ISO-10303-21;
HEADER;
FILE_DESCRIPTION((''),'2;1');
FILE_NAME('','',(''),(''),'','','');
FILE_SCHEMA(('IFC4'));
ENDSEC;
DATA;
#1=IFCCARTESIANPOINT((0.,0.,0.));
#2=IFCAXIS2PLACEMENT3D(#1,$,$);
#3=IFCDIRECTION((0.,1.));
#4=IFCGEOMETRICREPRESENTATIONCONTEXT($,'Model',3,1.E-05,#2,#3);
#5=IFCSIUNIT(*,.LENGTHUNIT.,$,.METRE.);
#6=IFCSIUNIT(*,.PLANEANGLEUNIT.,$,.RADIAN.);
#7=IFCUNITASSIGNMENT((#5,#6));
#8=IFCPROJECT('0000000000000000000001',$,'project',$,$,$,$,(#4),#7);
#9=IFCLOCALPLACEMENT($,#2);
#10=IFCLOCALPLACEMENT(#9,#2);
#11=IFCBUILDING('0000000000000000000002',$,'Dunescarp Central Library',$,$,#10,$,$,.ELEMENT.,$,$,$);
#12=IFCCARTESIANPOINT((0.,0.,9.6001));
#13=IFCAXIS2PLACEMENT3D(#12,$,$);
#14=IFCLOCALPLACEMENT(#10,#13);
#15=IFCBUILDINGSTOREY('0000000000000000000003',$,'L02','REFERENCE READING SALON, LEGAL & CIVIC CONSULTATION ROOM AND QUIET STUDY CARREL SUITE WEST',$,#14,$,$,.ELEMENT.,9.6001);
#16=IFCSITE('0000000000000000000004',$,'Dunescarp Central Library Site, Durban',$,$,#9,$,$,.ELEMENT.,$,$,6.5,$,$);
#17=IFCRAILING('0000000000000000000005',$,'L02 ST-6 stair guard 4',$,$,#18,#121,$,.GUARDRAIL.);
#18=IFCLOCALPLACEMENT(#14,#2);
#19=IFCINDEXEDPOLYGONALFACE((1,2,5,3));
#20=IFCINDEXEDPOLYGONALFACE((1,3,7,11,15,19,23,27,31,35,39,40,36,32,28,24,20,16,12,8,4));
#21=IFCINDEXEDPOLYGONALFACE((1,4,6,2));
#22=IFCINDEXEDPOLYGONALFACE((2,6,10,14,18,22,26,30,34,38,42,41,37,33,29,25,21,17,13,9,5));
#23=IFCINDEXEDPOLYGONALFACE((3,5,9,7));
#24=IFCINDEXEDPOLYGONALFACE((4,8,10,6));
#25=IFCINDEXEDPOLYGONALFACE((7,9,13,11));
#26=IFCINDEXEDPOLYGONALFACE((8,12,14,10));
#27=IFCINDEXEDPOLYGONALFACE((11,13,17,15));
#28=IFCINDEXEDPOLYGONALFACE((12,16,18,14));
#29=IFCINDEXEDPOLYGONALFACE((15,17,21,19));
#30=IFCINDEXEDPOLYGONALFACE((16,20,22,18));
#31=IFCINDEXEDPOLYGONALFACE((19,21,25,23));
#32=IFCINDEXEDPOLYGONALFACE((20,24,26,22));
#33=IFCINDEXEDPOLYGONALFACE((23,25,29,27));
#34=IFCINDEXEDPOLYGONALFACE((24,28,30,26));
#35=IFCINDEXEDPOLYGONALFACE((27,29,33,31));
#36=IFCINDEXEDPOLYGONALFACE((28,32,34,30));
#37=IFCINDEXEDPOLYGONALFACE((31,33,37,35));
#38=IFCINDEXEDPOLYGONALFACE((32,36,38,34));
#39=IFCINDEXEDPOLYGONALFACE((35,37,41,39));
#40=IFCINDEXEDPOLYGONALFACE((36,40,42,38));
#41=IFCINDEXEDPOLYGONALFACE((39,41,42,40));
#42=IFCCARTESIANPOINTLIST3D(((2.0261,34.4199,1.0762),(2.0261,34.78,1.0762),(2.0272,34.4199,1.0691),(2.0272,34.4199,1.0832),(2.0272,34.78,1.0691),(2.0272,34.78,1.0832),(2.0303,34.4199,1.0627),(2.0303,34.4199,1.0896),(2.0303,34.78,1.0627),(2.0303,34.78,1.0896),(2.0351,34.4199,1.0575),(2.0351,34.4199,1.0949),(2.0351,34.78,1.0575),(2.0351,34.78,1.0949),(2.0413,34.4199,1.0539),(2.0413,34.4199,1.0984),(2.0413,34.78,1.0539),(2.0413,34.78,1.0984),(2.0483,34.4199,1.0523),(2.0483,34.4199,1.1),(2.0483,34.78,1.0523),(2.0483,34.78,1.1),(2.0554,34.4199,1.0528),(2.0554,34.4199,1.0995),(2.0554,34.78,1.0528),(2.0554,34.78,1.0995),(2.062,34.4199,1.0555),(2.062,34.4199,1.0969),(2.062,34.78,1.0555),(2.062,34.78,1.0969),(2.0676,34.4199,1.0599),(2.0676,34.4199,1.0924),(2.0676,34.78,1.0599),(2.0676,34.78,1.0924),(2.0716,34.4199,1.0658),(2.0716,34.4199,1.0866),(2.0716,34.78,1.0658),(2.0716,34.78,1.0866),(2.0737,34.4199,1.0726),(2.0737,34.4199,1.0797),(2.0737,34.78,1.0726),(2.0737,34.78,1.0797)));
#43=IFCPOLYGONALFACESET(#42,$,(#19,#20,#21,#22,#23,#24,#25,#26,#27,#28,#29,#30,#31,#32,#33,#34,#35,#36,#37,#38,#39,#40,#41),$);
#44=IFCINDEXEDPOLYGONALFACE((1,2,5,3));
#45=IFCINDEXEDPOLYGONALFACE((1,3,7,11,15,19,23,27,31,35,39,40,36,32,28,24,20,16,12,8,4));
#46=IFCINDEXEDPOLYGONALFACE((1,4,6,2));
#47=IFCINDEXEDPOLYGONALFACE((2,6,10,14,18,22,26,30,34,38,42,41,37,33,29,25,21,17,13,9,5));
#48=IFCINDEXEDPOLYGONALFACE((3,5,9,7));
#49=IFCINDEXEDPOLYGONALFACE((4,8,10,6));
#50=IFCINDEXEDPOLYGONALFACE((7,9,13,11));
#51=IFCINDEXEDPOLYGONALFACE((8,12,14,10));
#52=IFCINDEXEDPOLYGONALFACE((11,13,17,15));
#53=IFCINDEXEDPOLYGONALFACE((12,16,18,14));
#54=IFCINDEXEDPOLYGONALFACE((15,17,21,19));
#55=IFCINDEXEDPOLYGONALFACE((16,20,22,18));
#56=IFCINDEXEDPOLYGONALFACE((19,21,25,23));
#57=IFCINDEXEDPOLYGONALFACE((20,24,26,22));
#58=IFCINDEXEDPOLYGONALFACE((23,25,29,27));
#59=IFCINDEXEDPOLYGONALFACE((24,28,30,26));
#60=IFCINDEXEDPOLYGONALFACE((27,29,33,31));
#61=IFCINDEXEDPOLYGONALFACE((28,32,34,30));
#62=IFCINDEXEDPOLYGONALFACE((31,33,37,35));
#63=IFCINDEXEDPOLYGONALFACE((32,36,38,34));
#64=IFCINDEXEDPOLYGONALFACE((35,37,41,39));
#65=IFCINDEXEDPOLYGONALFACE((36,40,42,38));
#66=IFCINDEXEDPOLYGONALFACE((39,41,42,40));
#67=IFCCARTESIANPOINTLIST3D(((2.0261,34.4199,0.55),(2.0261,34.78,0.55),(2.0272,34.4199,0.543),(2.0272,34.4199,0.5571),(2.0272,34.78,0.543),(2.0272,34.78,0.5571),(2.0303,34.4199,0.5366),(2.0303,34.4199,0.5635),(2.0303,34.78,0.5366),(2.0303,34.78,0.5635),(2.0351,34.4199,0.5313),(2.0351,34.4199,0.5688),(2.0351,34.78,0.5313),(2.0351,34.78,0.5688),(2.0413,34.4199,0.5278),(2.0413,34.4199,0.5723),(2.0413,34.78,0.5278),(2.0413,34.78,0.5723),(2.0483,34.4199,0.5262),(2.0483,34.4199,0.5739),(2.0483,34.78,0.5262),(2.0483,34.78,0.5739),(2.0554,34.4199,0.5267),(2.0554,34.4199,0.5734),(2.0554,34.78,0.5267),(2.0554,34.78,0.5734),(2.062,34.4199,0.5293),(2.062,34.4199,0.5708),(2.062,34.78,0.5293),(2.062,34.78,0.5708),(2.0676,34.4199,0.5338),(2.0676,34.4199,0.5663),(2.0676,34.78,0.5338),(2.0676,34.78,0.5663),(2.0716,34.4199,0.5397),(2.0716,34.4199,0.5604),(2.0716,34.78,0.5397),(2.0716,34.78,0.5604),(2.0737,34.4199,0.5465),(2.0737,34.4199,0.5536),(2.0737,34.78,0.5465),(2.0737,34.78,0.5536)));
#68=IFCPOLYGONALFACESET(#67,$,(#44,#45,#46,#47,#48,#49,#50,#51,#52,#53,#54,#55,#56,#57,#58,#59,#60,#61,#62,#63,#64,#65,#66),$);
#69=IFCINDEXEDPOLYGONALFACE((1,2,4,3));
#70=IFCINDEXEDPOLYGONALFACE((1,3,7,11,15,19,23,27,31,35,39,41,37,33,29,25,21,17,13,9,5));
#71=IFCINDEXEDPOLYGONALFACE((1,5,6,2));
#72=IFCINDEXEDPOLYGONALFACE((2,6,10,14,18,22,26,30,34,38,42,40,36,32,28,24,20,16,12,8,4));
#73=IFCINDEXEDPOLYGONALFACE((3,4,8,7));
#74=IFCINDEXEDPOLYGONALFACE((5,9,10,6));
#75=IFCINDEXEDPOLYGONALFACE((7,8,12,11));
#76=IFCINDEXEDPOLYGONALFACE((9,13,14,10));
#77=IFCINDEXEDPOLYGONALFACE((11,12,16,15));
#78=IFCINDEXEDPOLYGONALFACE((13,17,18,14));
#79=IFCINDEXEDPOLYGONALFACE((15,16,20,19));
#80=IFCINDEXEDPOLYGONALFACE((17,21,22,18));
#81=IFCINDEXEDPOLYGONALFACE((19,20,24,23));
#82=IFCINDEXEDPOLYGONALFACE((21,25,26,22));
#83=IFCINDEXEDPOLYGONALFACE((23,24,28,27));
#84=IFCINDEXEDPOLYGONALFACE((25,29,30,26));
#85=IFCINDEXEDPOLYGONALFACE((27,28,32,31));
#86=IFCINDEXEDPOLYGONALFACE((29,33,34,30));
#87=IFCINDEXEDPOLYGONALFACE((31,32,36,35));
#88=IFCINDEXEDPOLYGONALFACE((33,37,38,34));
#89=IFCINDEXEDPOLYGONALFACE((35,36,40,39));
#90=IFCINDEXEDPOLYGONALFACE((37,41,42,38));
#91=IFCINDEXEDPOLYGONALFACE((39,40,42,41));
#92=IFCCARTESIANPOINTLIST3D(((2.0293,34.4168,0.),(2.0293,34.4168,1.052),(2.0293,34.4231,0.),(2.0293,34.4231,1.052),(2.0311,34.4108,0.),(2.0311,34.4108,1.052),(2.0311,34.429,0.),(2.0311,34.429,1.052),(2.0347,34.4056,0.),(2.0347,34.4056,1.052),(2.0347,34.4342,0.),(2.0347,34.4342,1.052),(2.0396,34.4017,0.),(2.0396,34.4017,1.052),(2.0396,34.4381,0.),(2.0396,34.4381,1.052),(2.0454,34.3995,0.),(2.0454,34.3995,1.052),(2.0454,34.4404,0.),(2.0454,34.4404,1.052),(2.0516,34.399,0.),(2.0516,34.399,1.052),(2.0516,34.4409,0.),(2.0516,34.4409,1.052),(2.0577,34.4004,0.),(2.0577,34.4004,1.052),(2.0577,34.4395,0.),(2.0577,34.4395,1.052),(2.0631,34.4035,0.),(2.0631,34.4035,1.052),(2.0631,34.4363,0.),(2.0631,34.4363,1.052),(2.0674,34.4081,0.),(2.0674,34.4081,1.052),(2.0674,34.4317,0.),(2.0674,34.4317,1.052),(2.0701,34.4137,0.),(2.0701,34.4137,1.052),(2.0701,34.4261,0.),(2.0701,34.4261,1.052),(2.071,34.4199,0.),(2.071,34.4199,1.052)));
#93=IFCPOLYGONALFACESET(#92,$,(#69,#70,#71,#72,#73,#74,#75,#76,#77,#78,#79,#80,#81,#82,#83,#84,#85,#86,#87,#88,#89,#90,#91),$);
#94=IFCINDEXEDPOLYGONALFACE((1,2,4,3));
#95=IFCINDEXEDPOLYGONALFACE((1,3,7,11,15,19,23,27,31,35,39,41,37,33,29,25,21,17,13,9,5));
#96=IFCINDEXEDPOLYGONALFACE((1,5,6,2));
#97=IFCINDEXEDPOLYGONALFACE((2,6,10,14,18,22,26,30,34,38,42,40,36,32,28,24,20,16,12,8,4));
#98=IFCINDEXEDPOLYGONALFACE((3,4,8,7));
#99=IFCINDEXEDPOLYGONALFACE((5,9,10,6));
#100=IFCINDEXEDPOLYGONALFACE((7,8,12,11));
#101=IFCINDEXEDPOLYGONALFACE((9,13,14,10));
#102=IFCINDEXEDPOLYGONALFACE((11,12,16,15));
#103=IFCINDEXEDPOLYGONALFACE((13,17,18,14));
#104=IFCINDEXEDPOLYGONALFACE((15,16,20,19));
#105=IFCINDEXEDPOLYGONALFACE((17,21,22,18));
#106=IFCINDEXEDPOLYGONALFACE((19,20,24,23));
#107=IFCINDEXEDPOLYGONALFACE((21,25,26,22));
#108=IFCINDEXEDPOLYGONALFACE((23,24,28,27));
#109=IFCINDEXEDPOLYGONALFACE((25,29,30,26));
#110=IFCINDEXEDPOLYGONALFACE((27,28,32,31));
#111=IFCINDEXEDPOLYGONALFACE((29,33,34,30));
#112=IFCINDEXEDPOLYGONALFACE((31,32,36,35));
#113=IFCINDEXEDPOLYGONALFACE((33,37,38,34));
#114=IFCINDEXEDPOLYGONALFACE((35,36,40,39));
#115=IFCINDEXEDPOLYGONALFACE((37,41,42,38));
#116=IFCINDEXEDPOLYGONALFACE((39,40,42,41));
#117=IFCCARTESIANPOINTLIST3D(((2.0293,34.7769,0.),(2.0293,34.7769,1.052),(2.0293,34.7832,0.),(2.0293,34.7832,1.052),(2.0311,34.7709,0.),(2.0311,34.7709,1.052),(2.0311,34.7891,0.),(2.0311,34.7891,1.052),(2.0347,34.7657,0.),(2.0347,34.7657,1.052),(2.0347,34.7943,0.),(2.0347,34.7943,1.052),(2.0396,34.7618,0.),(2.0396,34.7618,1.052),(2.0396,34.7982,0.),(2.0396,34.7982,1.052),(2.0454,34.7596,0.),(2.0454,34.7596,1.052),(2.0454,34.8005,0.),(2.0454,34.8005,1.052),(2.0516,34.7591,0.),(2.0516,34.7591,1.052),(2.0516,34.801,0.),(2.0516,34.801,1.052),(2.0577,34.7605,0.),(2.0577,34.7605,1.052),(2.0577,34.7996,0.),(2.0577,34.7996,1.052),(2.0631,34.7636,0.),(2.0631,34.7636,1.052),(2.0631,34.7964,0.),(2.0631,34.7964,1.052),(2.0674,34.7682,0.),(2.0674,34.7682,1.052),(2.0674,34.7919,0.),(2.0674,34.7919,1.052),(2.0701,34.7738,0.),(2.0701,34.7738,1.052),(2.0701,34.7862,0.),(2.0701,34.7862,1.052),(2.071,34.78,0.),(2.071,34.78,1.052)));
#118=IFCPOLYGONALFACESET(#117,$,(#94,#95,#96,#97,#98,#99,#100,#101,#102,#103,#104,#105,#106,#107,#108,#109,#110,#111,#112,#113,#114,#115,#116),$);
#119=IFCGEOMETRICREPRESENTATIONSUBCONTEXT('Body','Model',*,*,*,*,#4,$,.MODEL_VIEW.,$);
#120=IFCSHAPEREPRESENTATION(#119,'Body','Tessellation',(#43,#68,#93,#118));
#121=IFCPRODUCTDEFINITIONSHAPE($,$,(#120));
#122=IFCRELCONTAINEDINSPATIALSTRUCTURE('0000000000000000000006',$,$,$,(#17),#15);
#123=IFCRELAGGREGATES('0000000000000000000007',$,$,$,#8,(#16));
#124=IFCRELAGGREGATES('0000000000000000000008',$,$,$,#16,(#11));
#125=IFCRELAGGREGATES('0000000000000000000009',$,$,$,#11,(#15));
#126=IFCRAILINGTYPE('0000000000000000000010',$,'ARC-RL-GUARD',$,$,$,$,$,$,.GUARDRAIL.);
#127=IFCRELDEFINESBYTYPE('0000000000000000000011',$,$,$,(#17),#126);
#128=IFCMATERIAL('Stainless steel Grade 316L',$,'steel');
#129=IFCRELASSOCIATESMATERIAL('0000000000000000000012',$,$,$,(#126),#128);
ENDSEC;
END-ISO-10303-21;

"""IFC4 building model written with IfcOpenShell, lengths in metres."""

from ifc_helpers import new_model, si_unit, direction, frame, origin, origin_2d, place, context, subcontext, project, spatial, circle, extrude, material, type_object, element, save


model = new_model("IFC4")

# Units and contexts
model_context = context("Model", 3, precision=1e-05, world=origin(), true_north=direction((0.0, 1.0)))
body_context = subcontext(model_context, "Body", "Model", "MODEL_VIEW")
ifc_project = project(units=[si_unit("LENGTHUNIT", "METRE"), si_unit("PLANEANGLEUNIT", "RADIAN")], contexts=[model_context])

# Site, building, storey
site_placement = place(None, origin())
site = spatial("IfcSite", under=ifc_project, at=site_placement, Name="Dunescarp Central Library Site, Durban", CompositionType="ELEMENT", RefElevation=6.5)
building_placement = place(site_placement, origin())
building = spatial("IfcBuilding", under=site, at=building_placement, Name="Dunescarp Central Library", CompositionType="ELEMENT")
storey_placement = place(building_placement, frame((0.0, 0.0, 9.6001)))
storey = spatial("IfcBuildingStorey", under=building, at=storey_placement, Name="L02", Description="REFERENCE READING SALON, LEGAL & CIVIC CONSULTATION ROOM AND QUIET STUDY CARREL SUITE WEST", CompositionType="ELEMENT", Elevation=9.6001)

# Railing
ifc_material_1 = material(Name="Stainless steel Grade 316L", Category="steel")
railing_type_1 = type_object("IfcRailingType", Name="ARC-RL-GUARD", PredefinedType="GUARDRAIL", material=ifc_material_1)
railing_1_placement = place(storey_placement, frame((2.05, 34.4199, 0.0)))
element("IfcRailing", 1, at=railing_1_placement, inside=storey, type_object=railing_type_1, Name="L02 ST-6 stair guard 4", PredefinedType="GUARDRAIL", context=body_context, shape_type="SweptSolid", body=[
    extrude(circle(Radius=0.0239, at=origin_2d()), frame((0.0, 0.0, 1.0762), z_axis=(0.0, 1.0, 0.0), x_axis=(-1.0, 0.0, 0.0)), (0.0, 0.0, 1.0), 0.3601),
    extrude(circle(Radius=0.0239, at=origin_2d()), frame((0.0, 0.0, 0.55), z_axis=(0.0, 1.0, 0.0), x_axis=(-1.0, 0.0, 0.0)), (0.0, 0.0, 1.0), 0.3601),
    extrude(circle(Radius=0.021, at=origin_2d()), origin(), (0.0, 0.0, 1.0), 1.052),
    extrude(circle(Radius=0.021, at=origin_2d()), frame((0.0, 0.3601, 0.0)), (0.0, 0.0, 1.0), 1.052),
])

save(model, "model.ifc")
